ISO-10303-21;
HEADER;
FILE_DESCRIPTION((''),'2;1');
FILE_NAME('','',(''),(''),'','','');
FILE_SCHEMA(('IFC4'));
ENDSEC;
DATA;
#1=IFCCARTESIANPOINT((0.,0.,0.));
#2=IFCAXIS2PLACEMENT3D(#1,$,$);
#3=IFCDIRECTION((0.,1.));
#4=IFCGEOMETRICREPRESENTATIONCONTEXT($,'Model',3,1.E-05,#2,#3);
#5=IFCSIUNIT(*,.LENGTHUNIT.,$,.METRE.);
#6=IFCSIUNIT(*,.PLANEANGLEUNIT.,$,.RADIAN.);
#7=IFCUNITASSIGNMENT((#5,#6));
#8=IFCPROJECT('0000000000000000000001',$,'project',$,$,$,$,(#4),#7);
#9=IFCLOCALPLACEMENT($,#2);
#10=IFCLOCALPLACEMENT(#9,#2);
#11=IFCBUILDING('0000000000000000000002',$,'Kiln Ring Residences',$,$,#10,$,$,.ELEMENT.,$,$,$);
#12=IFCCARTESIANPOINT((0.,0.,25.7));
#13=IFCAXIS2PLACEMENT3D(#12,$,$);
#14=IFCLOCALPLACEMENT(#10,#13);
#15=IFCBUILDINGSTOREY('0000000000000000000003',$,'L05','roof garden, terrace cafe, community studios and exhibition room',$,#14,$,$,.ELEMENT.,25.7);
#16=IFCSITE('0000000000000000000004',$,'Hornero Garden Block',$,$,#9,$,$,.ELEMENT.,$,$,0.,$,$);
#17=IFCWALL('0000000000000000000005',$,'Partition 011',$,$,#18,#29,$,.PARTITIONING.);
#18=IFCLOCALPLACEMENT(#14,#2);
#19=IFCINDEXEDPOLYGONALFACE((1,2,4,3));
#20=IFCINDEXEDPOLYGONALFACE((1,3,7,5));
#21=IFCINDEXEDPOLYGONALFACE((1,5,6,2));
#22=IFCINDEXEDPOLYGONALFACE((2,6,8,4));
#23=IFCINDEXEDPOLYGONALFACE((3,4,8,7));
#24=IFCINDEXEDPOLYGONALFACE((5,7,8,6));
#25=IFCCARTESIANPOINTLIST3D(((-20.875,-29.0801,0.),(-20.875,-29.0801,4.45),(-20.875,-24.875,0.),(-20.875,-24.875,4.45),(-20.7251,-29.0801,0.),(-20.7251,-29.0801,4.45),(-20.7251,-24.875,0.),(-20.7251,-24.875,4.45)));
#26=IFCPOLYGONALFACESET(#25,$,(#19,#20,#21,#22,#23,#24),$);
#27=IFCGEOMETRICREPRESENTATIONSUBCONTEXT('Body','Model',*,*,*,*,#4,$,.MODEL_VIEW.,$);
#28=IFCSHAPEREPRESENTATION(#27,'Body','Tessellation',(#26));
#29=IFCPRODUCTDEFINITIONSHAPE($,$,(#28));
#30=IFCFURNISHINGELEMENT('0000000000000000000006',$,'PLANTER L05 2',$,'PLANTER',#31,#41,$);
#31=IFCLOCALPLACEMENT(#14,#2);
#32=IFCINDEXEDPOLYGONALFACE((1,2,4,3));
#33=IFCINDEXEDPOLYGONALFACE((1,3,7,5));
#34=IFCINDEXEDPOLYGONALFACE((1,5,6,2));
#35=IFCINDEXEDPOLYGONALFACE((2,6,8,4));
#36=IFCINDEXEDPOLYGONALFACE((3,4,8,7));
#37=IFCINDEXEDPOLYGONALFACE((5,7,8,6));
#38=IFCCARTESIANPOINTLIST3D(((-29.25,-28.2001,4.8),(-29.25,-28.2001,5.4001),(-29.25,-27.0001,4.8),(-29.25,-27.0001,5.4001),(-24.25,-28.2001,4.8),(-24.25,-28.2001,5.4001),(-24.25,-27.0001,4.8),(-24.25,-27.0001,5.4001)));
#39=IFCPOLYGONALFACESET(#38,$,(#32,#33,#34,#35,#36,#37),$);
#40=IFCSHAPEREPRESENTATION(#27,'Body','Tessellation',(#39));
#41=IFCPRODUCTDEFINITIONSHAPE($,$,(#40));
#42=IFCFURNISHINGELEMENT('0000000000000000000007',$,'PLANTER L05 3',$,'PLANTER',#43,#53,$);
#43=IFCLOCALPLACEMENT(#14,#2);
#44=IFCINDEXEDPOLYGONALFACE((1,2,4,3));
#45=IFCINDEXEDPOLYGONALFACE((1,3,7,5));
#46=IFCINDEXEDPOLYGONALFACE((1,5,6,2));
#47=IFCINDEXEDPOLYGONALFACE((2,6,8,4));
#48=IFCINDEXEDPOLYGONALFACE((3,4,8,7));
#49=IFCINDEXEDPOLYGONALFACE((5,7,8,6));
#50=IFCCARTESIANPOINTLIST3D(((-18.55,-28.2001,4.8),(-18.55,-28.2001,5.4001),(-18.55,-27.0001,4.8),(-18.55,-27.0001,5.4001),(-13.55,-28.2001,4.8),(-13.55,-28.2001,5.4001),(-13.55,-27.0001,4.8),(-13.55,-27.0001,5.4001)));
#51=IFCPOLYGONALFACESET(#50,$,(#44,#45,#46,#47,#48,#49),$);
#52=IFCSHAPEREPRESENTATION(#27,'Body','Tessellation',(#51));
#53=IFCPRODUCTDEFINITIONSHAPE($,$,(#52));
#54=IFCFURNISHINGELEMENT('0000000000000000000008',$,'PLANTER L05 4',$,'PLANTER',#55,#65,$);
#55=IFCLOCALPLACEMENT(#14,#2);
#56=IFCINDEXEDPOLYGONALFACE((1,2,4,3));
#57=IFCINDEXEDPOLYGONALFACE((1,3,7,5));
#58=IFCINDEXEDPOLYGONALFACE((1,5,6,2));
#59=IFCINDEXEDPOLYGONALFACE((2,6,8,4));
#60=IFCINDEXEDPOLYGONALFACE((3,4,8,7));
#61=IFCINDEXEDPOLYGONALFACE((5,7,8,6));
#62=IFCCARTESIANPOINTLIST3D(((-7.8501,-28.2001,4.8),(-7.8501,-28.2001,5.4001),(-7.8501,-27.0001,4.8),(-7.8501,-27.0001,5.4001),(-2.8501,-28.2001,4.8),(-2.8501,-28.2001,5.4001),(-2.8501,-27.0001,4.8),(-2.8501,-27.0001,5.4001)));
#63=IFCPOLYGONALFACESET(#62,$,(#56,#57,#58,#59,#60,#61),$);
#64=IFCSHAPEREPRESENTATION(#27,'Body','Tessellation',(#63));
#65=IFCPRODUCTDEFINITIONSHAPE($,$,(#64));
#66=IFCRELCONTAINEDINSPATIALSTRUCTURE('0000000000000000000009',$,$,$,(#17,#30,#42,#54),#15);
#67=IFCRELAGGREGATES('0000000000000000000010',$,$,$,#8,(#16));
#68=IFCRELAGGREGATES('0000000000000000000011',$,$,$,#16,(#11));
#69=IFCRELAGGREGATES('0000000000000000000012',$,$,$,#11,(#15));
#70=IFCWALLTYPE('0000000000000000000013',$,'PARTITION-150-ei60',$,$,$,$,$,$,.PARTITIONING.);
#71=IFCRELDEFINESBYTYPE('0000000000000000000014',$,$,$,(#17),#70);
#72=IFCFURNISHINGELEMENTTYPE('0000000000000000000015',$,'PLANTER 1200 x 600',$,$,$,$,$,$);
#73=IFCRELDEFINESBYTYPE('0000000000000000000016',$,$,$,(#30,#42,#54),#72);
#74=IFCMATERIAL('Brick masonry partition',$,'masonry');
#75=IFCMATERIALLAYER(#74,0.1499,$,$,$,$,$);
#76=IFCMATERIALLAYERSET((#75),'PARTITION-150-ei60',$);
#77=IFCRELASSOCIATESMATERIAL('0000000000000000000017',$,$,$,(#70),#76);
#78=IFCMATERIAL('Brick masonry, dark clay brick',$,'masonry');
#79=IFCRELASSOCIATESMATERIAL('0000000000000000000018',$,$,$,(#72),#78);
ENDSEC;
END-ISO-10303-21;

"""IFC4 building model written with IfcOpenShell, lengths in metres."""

from ifc_helpers import new_model, si_unit, direction, frame, frame_2d, origin, origin_2d, place, context, subcontext, project, spatial, rectangle, extrude, material, layer, layer_set, type_object, element, save


model = new_model("IFC4")

# Units and contexts
model_context = context("Model", 3, precision=1e-05, world=origin(), true_north=direction((0.0, 1.0)))
body_context = subcontext(model_context, "Body", "Model", "MODEL_VIEW")
ifc_project = project(units=[si_unit("LENGTHUNIT", "METRE"), si_unit("PLANEANGLEUNIT", "RADIAN")], contexts=[model_context])

# Site, building, storey
site_placement = place(None, origin())
site = spatial("IfcSite", under=ifc_project, at=site_placement, Name="Hornero Garden Block", CompositionType="ELEMENT", RefElevation=0.0)
building_placement = place(site_placement, origin())
building = spatial("IfcBuilding", under=site, at=building_placement, Name="Kiln Ring Residences", CompositionType="ELEMENT")
storey_placement = place(building_placement, frame((0.0, 0.0, 25.7)))
storey = spatial("IfcBuildingStorey", under=building, at=storey_placement, Name="L05", Description="roof garden, terrace cafe, community studios and exhibition room", CompositionType="ELEMENT", Elevation=25.7)

# Wall
ifc_material_1 = material(Name="Brick masonry partition", Category="masonry")
ifc_layer_1 = layer(ifc_material_1, 0.1499)
ifc_layer_set_1 = layer_set([ifc_layer_1], Name="PARTITION-150-ei60")
wall_type_1 = type_object("IfcWallType", Name="PARTITION-150-ei60", PredefinedType="PARTITIONING", material=ifc_layer_set_1)
wall_1_placement = place(storey_placement, frame((-20.8, -29.0801, 0.0), z_axis=(0.0, 0.0, 1.0), x_axis=(0.0, 1.0, 0.0)))
element("IfcWall", 1, at=wall_1_placement, inside=storey, type_object=wall_type_1, Name="Partition 011", PredefinedType="PARTITIONING", context=body_context, shape_type="SweptSolid", body=[
    extrude(rectangle(XDim=4.2051, YDim=0.1499, at=frame_2d((2.1025, 0.0))), origin(), (0.0, 0.0, 1.0), 4.45),
])

# Furnishing elements
ifc_material_2 = material(Name="Brick masonry, dark clay brick", Category="masonry")
furnishing_element_type = type_object("IfcFurnishingElementType", Name="PLANTER 1200 x 600", material=ifc_material_2)
for number, where, z_axis, x_axis, name in (
    (2, (-26.75, -27.6001, 4.8), (0.0, 0.0, 1.0), (1.0, 0.0, 0.0), "PLANTER L05 2"),
    (3, (-16.05, -27.6001, 4.8), (0.0, 0.0, 1.0), (1.0, 0.0, 0.0), "PLANTER L05 3"),
    (4, (-5.3501, -27.6001, 4.8), (0.0, 0.0, 1.0), (1.0, 0.0, 0.0), "PLANTER L05 4"),
):
    element("IfcFurnishingElement", number, at=place(storey_placement, frame(where, z_axis=z_axis, x_axis=x_axis)), inside=storey, type_object=furnishing_element_type, Name=name, ObjectType="PLANTER", context=body_context, shape_type="SweptSolid", body=[
        extrude(rectangle(XDim=5.0, YDim=1.2, at=origin_2d()), origin(), (0.0, 0.0, 1.0), 0.6001),
    ])

save(model, "model.ifc")
